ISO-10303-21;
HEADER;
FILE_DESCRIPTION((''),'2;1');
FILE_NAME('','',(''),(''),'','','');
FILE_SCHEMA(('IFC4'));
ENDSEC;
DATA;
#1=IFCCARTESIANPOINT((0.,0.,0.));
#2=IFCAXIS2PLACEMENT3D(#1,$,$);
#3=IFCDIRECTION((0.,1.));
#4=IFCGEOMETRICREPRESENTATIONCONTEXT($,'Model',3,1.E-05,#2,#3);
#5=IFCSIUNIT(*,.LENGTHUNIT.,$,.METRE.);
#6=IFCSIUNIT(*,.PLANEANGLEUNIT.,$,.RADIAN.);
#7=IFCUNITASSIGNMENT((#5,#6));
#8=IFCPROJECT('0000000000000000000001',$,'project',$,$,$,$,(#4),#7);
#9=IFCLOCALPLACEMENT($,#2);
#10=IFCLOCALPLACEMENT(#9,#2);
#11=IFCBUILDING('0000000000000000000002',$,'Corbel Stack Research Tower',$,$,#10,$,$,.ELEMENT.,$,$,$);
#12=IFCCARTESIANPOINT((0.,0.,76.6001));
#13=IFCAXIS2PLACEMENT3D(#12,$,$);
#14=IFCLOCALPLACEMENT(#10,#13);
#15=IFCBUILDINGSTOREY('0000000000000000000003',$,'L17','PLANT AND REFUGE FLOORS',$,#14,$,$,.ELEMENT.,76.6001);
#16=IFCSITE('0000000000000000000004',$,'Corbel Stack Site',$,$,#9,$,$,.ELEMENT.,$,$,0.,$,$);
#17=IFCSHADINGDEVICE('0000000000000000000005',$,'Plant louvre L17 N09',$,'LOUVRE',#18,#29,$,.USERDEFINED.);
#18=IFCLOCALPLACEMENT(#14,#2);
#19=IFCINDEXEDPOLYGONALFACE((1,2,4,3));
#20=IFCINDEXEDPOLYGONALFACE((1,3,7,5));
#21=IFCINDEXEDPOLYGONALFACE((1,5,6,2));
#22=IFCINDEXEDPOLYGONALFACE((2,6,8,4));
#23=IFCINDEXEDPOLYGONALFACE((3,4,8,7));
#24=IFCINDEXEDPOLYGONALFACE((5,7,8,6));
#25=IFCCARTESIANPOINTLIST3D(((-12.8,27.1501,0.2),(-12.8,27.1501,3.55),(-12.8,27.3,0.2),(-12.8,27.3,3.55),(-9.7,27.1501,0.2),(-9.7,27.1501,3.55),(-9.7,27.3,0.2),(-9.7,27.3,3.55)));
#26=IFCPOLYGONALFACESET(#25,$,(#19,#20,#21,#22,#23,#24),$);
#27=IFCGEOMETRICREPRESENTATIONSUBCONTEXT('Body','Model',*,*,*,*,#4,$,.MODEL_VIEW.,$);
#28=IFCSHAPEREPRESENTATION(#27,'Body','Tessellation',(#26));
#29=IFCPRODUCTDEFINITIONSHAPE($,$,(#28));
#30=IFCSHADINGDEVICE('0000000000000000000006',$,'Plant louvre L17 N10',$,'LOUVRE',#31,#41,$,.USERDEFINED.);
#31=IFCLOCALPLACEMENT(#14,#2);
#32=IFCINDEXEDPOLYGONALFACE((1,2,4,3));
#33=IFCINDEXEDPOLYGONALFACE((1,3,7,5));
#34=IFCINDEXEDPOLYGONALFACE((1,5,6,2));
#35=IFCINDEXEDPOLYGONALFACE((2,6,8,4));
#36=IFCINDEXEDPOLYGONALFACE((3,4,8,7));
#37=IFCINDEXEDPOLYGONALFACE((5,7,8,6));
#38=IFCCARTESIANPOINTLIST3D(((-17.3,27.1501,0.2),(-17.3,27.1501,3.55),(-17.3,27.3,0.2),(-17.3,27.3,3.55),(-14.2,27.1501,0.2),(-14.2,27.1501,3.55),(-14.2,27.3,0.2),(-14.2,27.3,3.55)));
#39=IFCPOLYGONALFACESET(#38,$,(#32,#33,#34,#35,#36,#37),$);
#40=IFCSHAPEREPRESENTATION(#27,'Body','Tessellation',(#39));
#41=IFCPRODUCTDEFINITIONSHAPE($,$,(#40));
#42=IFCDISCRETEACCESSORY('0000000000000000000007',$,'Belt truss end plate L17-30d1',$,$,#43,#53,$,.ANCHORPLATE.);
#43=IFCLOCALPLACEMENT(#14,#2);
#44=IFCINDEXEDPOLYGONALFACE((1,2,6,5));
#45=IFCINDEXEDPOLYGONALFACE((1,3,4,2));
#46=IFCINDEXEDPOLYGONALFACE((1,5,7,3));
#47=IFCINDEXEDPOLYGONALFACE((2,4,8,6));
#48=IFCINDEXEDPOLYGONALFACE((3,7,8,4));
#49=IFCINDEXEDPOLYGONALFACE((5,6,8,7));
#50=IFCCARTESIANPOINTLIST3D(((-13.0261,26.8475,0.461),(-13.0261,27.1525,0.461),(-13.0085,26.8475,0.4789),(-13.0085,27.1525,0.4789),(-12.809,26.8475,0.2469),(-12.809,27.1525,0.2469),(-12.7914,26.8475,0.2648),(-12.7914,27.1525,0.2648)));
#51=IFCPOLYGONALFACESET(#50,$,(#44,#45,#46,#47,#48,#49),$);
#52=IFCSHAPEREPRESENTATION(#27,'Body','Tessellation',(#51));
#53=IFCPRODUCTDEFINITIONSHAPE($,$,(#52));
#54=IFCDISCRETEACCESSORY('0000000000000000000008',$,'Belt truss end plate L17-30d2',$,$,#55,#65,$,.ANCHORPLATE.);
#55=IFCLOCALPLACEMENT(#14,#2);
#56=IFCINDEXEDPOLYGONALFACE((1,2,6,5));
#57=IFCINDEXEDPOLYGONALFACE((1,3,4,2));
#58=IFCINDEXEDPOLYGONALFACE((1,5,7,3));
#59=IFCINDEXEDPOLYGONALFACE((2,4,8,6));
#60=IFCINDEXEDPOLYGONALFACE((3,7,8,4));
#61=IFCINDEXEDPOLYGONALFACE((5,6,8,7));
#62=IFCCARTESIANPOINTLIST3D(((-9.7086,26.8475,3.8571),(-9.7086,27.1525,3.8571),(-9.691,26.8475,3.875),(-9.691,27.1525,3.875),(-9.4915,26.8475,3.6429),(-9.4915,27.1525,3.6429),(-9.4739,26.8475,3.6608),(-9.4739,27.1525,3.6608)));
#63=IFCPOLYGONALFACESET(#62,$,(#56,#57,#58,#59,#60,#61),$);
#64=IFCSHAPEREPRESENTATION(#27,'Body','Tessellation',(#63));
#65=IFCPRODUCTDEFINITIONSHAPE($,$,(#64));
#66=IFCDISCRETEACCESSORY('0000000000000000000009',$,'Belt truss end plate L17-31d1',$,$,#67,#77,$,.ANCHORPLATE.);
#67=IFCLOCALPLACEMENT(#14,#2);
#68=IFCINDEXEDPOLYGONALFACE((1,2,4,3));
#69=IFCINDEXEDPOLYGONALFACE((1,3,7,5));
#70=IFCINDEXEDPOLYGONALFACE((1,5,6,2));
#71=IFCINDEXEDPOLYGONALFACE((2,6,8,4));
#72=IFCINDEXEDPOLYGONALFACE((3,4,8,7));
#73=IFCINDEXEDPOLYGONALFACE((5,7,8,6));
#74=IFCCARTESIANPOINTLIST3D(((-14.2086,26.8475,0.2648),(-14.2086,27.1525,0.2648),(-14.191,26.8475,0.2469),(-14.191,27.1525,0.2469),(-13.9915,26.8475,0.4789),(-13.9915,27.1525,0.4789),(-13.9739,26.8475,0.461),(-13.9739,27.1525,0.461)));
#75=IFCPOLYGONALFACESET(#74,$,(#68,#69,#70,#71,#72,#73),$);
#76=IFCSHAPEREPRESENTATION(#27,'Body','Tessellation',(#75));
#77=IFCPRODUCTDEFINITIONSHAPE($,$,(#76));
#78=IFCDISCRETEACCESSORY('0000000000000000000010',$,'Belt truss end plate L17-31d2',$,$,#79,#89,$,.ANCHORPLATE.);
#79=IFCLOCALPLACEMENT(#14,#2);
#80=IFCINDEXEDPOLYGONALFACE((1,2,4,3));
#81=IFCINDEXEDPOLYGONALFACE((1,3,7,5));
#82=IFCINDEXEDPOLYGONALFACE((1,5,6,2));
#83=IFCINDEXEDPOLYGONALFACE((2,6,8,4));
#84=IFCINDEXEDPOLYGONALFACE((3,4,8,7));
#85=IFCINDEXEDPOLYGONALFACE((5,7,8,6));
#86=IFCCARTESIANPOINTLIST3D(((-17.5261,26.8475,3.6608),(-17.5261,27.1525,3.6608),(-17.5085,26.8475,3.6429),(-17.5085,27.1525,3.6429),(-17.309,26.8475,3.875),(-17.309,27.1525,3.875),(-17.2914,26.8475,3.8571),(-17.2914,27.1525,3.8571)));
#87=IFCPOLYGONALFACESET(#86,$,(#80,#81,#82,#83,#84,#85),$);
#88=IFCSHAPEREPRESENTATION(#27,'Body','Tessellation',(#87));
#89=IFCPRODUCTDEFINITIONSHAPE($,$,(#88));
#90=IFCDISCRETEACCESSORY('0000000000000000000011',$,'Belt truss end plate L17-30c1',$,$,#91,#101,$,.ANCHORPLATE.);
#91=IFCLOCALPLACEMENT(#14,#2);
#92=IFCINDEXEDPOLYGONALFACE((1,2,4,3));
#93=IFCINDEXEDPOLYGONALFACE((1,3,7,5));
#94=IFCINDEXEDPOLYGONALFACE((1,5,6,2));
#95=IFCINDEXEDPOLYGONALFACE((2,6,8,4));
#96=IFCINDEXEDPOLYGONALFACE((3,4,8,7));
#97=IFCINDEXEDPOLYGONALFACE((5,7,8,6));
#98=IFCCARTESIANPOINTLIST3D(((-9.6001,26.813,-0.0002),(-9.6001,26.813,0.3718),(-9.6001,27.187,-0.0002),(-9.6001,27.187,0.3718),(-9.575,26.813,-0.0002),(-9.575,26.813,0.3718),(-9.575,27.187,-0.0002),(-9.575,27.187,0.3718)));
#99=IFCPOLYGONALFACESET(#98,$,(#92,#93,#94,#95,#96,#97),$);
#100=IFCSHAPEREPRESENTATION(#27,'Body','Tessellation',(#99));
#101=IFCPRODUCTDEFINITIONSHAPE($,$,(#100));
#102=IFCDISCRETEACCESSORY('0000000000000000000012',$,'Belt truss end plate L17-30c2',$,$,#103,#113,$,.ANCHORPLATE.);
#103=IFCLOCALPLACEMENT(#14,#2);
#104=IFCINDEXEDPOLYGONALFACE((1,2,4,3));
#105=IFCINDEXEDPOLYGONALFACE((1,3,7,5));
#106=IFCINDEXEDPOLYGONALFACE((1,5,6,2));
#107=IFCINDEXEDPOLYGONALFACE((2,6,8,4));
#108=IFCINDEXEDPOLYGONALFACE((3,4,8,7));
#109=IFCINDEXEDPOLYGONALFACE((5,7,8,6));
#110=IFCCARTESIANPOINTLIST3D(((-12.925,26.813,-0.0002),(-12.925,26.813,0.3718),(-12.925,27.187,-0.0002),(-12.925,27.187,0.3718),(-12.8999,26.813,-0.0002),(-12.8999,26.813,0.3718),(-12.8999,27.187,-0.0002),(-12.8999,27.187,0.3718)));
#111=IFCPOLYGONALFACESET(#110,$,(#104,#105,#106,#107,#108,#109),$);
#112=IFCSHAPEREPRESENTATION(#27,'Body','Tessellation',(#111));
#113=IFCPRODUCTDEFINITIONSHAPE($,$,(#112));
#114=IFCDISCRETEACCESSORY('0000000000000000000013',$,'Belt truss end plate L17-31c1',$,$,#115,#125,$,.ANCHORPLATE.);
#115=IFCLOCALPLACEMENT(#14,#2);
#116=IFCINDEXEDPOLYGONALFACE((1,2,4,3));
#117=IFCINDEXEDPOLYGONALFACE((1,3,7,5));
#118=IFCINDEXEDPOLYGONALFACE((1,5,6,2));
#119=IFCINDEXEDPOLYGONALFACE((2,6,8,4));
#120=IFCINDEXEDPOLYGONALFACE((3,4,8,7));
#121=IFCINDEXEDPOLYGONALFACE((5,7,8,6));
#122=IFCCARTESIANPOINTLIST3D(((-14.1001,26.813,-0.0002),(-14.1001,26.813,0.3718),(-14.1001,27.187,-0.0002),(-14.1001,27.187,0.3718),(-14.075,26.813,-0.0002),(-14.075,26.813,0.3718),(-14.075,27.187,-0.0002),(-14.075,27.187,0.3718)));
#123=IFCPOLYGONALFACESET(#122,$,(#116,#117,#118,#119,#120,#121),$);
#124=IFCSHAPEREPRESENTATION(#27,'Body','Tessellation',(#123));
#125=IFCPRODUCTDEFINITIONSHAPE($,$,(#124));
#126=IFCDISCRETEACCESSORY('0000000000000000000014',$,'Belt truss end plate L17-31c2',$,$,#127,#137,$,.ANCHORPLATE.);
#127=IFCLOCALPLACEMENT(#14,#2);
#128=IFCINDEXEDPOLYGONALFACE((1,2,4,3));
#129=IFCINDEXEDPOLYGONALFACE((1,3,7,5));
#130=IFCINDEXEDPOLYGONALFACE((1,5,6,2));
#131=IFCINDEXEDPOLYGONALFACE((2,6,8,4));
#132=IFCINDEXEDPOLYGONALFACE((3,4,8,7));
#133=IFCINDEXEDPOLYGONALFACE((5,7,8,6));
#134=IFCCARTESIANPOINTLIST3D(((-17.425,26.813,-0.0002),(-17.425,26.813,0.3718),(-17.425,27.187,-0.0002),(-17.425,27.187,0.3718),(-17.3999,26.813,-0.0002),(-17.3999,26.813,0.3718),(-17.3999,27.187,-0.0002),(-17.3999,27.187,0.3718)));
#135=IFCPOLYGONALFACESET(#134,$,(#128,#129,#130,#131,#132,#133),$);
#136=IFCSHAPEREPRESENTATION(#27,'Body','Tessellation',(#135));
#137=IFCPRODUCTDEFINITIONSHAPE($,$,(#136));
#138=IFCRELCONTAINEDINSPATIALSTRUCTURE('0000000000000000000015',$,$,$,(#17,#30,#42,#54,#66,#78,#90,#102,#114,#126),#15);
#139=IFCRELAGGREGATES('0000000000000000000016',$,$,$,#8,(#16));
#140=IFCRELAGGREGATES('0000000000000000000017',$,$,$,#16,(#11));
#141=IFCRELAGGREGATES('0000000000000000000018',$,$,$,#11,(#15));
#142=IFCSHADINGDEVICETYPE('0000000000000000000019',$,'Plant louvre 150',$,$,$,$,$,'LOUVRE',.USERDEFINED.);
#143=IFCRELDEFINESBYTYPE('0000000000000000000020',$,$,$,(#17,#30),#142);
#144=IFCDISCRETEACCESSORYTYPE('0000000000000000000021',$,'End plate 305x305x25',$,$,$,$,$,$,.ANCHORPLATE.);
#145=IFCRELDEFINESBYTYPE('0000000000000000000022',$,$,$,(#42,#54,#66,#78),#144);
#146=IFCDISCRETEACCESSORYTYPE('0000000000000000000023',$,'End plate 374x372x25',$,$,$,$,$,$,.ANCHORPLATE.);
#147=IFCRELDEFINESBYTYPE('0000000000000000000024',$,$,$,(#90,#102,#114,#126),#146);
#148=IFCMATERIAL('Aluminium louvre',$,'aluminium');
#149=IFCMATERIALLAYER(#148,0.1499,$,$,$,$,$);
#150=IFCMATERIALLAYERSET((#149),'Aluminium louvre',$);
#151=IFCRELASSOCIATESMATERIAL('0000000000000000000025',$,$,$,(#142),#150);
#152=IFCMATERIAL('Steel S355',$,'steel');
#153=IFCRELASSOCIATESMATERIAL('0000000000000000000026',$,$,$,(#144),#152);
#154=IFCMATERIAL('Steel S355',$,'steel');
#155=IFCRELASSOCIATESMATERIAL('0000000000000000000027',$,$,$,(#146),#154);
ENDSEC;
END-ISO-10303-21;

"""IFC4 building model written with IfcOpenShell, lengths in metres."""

from ifc_helpers import new_model, si_unit, direction, frame, origin, origin_2d, place, context, subcontext, project, spatial, rectangle, extrude, material, layer, layer_set, material_profile, profile_set, type_object, element, save


model = new_model("IFC4")

# Units and contexts
model_context = context("Model", 3, precision=1e-05, world=origin(), true_north=direction((0.0, 1.0)))
body_context = subcontext(model_context, "Body", "Model", "MODEL_VIEW")
ifc_project = project(units=[si_unit("LENGTHUNIT", "METRE"), si_unit("PLANEANGLEUNIT", "RADIAN")], contexts=[model_context])

# Site, building, storey
site_placement = place(None, origin())
site = spatial("IfcSite", under=ifc_project, at=site_placement, Name="Corbel Stack Site", CompositionType="ELEMENT", RefElevation=0.0)
building_placement = place(site_placement, origin())
building = spatial("IfcBuilding", under=site, at=building_placement, Name="Corbel Stack Research Tower", CompositionType="ELEMENT")
storey_placement = place(building_placement, frame((0.0, 0.0, 76.6001)))
storey = spatial("IfcBuildingStorey", under=building, at=storey_placement, Name="L17", Description="PLANT AND REFUGE FLOORS", CompositionType="ELEMENT", Elevation=76.6001)

# Shading devices
ifc_material_1 = material(Name="Aluminium louvre", Category="aluminium")
ifc_layer_1 = layer(ifc_material_1, 0.1499)
ifc_layer_set_1 = layer_set([ifc_layer_1], Name="Aluminium louvre")
shading_device_type = type_object("IfcShadingDeviceType", Name="Plant louvre 150", ElementType="LOUVRE", PredefinedType="USERDEFINED", material=ifc_layer_set_1)
for number, where, z_axis, x_axis, name in (
    (1, (-11.25, 27.2251, 0.2), (0.0, 0.0, 1.0), (-1.0, 0.0, 0.0), "Plant louvre L17 N09"),
    (2, (-15.75, 27.2251, 0.2), (0.0, 0.0, 1.0), (-1.0, 0.0, 0.0), "Plant louvre L17 N10"),
):
    element("IfcShadingDevice", number, at=place(storey_placement, frame(where, z_axis=z_axis, x_axis=x_axis)), inside=storey, type_object=shading_device_type, Name=name, ObjectType="LOUVRE", PredefinedType="USERDEFINED", context=body_context, shape_type="SweptSolid", body=[
        extrude(rectangle(XDim=3.1001, YDim=0.1499, at=origin_2d()), origin(), (0.0, 0.0, 1.0), 3.3501),
    ])

# Discrete accessories
ifc_material_2 = material(Name="Steel S355", Category="steel")
ifc_material_profile_1 = material_profile(ifc_material_2, rectangle(XDim=0.3049, YDim=0.3049, at=origin_2d()), Name="End plate 305x305x25")
ifc_profile_set_1 = profile_set([ifc_material_profile_1], Name="Steel S355")
discrete_accessory_type_1 = type_object("IfcDiscreteAccessoryType", Name="End plate 305x305x25", PredefinedType="ANCHORPLATE", material=ifc_profile_set_1)
for number, where, z_axis, x_axis, name in (
    (3, (-12.8999, 27.0, 0.3718), (-0.702213, 0.0, -0.711966), (0.0, -1.0, 0.0), "Belt truss end plate L17-30d1"),
    (4, (-9.6001, 27.0, 3.75), (0.702213, 0.0, 0.711966), (0.0, 1.0, 0.0), "Belt truss end plate L17-30d2"),
    (5, (-14.1001, 27.0, 0.3718), (0.702213, 0.0, -0.711966), (0.0, 1.0, 0.0), "Belt truss end plate L17-31d1"),
    (6, (-17.3999, 27.0, 3.75), (-0.702213, 0.0, 0.711966), (0.0, -1.0, 0.0), "Belt truss end plate L17-31d2"),
):
    element("IfcDiscreteAccessory", number, at=place(storey_placement, frame(where, z_axis=z_axis, x_axis=x_axis)), inside=storey, type_object=discrete_accessory_type_1, Name=name, PredefinedType="ANCHORPLATE", context=body_context, shape_type="SweptSolid", body=[
        extrude(rectangle(XDim=0.3049, YDim=0.3049, at=origin_2d()), origin(), (0.0, 0.0, 1.0), 0.0251),
    ])
ifc_material_3 = material(Name="Steel S355", Category="steel")
ifc_material_profile_2 = material_profile(ifc_material_3, rectangle(XDim=0.374, YDim=0.3721, at=origin_2d()), Name="End plate 374x372x25")
ifc_profile_set_2 = profile_set([ifc_material_profile_2], Name="Steel S355")
discrete_accessory_type_2 = type_object("IfcDiscreteAccessoryType", Name="End plate 374x372x25", PredefinedType="ANCHORPLATE", material=ifc_profile_set_2)
for number, where, z_axis, x_axis, name in (
    (7, (-9.6001, 27.0, 0.1858), (1.0, 0.0, 0.0), (0.0, 1.0, 0.0), "Belt truss end plate L17-30c1"),
    (8, (-12.8999, 27.0, 0.1858), (-1.0, 0.0, 0.0), (0.0, -1.0, 0.0), "Belt truss end plate L17-30c2"),
    (9, (-14.1001, 27.0, 0.1858), (1.0, 0.0, 0.0), (0.0, 1.0, 0.0), "Belt truss end plate L17-31c1"),
    (10, (-17.3999, 27.0, 0.1858), (-1.0, 0.0, 0.0), (0.0, -1.0, 0.0), "Belt truss end plate L17-31c2"),
):
    element("IfcDiscreteAccessory", number, at=place(storey_placement, frame(where, z_axis=z_axis, x_axis=x_axis)), inside=storey, type_object=discrete_accessory_type_2, Name=name, PredefinedType="ANCHORPLATE", context=body_context, shape_type="SweptSolid", body=[
        extrude(rectangle(XDim=0.374, YDim=0.3721, at=origin_2d()), origin(), (0.0, 0.0, 1.0), 0.0251),
    ])

save(model, "model.ifc")
